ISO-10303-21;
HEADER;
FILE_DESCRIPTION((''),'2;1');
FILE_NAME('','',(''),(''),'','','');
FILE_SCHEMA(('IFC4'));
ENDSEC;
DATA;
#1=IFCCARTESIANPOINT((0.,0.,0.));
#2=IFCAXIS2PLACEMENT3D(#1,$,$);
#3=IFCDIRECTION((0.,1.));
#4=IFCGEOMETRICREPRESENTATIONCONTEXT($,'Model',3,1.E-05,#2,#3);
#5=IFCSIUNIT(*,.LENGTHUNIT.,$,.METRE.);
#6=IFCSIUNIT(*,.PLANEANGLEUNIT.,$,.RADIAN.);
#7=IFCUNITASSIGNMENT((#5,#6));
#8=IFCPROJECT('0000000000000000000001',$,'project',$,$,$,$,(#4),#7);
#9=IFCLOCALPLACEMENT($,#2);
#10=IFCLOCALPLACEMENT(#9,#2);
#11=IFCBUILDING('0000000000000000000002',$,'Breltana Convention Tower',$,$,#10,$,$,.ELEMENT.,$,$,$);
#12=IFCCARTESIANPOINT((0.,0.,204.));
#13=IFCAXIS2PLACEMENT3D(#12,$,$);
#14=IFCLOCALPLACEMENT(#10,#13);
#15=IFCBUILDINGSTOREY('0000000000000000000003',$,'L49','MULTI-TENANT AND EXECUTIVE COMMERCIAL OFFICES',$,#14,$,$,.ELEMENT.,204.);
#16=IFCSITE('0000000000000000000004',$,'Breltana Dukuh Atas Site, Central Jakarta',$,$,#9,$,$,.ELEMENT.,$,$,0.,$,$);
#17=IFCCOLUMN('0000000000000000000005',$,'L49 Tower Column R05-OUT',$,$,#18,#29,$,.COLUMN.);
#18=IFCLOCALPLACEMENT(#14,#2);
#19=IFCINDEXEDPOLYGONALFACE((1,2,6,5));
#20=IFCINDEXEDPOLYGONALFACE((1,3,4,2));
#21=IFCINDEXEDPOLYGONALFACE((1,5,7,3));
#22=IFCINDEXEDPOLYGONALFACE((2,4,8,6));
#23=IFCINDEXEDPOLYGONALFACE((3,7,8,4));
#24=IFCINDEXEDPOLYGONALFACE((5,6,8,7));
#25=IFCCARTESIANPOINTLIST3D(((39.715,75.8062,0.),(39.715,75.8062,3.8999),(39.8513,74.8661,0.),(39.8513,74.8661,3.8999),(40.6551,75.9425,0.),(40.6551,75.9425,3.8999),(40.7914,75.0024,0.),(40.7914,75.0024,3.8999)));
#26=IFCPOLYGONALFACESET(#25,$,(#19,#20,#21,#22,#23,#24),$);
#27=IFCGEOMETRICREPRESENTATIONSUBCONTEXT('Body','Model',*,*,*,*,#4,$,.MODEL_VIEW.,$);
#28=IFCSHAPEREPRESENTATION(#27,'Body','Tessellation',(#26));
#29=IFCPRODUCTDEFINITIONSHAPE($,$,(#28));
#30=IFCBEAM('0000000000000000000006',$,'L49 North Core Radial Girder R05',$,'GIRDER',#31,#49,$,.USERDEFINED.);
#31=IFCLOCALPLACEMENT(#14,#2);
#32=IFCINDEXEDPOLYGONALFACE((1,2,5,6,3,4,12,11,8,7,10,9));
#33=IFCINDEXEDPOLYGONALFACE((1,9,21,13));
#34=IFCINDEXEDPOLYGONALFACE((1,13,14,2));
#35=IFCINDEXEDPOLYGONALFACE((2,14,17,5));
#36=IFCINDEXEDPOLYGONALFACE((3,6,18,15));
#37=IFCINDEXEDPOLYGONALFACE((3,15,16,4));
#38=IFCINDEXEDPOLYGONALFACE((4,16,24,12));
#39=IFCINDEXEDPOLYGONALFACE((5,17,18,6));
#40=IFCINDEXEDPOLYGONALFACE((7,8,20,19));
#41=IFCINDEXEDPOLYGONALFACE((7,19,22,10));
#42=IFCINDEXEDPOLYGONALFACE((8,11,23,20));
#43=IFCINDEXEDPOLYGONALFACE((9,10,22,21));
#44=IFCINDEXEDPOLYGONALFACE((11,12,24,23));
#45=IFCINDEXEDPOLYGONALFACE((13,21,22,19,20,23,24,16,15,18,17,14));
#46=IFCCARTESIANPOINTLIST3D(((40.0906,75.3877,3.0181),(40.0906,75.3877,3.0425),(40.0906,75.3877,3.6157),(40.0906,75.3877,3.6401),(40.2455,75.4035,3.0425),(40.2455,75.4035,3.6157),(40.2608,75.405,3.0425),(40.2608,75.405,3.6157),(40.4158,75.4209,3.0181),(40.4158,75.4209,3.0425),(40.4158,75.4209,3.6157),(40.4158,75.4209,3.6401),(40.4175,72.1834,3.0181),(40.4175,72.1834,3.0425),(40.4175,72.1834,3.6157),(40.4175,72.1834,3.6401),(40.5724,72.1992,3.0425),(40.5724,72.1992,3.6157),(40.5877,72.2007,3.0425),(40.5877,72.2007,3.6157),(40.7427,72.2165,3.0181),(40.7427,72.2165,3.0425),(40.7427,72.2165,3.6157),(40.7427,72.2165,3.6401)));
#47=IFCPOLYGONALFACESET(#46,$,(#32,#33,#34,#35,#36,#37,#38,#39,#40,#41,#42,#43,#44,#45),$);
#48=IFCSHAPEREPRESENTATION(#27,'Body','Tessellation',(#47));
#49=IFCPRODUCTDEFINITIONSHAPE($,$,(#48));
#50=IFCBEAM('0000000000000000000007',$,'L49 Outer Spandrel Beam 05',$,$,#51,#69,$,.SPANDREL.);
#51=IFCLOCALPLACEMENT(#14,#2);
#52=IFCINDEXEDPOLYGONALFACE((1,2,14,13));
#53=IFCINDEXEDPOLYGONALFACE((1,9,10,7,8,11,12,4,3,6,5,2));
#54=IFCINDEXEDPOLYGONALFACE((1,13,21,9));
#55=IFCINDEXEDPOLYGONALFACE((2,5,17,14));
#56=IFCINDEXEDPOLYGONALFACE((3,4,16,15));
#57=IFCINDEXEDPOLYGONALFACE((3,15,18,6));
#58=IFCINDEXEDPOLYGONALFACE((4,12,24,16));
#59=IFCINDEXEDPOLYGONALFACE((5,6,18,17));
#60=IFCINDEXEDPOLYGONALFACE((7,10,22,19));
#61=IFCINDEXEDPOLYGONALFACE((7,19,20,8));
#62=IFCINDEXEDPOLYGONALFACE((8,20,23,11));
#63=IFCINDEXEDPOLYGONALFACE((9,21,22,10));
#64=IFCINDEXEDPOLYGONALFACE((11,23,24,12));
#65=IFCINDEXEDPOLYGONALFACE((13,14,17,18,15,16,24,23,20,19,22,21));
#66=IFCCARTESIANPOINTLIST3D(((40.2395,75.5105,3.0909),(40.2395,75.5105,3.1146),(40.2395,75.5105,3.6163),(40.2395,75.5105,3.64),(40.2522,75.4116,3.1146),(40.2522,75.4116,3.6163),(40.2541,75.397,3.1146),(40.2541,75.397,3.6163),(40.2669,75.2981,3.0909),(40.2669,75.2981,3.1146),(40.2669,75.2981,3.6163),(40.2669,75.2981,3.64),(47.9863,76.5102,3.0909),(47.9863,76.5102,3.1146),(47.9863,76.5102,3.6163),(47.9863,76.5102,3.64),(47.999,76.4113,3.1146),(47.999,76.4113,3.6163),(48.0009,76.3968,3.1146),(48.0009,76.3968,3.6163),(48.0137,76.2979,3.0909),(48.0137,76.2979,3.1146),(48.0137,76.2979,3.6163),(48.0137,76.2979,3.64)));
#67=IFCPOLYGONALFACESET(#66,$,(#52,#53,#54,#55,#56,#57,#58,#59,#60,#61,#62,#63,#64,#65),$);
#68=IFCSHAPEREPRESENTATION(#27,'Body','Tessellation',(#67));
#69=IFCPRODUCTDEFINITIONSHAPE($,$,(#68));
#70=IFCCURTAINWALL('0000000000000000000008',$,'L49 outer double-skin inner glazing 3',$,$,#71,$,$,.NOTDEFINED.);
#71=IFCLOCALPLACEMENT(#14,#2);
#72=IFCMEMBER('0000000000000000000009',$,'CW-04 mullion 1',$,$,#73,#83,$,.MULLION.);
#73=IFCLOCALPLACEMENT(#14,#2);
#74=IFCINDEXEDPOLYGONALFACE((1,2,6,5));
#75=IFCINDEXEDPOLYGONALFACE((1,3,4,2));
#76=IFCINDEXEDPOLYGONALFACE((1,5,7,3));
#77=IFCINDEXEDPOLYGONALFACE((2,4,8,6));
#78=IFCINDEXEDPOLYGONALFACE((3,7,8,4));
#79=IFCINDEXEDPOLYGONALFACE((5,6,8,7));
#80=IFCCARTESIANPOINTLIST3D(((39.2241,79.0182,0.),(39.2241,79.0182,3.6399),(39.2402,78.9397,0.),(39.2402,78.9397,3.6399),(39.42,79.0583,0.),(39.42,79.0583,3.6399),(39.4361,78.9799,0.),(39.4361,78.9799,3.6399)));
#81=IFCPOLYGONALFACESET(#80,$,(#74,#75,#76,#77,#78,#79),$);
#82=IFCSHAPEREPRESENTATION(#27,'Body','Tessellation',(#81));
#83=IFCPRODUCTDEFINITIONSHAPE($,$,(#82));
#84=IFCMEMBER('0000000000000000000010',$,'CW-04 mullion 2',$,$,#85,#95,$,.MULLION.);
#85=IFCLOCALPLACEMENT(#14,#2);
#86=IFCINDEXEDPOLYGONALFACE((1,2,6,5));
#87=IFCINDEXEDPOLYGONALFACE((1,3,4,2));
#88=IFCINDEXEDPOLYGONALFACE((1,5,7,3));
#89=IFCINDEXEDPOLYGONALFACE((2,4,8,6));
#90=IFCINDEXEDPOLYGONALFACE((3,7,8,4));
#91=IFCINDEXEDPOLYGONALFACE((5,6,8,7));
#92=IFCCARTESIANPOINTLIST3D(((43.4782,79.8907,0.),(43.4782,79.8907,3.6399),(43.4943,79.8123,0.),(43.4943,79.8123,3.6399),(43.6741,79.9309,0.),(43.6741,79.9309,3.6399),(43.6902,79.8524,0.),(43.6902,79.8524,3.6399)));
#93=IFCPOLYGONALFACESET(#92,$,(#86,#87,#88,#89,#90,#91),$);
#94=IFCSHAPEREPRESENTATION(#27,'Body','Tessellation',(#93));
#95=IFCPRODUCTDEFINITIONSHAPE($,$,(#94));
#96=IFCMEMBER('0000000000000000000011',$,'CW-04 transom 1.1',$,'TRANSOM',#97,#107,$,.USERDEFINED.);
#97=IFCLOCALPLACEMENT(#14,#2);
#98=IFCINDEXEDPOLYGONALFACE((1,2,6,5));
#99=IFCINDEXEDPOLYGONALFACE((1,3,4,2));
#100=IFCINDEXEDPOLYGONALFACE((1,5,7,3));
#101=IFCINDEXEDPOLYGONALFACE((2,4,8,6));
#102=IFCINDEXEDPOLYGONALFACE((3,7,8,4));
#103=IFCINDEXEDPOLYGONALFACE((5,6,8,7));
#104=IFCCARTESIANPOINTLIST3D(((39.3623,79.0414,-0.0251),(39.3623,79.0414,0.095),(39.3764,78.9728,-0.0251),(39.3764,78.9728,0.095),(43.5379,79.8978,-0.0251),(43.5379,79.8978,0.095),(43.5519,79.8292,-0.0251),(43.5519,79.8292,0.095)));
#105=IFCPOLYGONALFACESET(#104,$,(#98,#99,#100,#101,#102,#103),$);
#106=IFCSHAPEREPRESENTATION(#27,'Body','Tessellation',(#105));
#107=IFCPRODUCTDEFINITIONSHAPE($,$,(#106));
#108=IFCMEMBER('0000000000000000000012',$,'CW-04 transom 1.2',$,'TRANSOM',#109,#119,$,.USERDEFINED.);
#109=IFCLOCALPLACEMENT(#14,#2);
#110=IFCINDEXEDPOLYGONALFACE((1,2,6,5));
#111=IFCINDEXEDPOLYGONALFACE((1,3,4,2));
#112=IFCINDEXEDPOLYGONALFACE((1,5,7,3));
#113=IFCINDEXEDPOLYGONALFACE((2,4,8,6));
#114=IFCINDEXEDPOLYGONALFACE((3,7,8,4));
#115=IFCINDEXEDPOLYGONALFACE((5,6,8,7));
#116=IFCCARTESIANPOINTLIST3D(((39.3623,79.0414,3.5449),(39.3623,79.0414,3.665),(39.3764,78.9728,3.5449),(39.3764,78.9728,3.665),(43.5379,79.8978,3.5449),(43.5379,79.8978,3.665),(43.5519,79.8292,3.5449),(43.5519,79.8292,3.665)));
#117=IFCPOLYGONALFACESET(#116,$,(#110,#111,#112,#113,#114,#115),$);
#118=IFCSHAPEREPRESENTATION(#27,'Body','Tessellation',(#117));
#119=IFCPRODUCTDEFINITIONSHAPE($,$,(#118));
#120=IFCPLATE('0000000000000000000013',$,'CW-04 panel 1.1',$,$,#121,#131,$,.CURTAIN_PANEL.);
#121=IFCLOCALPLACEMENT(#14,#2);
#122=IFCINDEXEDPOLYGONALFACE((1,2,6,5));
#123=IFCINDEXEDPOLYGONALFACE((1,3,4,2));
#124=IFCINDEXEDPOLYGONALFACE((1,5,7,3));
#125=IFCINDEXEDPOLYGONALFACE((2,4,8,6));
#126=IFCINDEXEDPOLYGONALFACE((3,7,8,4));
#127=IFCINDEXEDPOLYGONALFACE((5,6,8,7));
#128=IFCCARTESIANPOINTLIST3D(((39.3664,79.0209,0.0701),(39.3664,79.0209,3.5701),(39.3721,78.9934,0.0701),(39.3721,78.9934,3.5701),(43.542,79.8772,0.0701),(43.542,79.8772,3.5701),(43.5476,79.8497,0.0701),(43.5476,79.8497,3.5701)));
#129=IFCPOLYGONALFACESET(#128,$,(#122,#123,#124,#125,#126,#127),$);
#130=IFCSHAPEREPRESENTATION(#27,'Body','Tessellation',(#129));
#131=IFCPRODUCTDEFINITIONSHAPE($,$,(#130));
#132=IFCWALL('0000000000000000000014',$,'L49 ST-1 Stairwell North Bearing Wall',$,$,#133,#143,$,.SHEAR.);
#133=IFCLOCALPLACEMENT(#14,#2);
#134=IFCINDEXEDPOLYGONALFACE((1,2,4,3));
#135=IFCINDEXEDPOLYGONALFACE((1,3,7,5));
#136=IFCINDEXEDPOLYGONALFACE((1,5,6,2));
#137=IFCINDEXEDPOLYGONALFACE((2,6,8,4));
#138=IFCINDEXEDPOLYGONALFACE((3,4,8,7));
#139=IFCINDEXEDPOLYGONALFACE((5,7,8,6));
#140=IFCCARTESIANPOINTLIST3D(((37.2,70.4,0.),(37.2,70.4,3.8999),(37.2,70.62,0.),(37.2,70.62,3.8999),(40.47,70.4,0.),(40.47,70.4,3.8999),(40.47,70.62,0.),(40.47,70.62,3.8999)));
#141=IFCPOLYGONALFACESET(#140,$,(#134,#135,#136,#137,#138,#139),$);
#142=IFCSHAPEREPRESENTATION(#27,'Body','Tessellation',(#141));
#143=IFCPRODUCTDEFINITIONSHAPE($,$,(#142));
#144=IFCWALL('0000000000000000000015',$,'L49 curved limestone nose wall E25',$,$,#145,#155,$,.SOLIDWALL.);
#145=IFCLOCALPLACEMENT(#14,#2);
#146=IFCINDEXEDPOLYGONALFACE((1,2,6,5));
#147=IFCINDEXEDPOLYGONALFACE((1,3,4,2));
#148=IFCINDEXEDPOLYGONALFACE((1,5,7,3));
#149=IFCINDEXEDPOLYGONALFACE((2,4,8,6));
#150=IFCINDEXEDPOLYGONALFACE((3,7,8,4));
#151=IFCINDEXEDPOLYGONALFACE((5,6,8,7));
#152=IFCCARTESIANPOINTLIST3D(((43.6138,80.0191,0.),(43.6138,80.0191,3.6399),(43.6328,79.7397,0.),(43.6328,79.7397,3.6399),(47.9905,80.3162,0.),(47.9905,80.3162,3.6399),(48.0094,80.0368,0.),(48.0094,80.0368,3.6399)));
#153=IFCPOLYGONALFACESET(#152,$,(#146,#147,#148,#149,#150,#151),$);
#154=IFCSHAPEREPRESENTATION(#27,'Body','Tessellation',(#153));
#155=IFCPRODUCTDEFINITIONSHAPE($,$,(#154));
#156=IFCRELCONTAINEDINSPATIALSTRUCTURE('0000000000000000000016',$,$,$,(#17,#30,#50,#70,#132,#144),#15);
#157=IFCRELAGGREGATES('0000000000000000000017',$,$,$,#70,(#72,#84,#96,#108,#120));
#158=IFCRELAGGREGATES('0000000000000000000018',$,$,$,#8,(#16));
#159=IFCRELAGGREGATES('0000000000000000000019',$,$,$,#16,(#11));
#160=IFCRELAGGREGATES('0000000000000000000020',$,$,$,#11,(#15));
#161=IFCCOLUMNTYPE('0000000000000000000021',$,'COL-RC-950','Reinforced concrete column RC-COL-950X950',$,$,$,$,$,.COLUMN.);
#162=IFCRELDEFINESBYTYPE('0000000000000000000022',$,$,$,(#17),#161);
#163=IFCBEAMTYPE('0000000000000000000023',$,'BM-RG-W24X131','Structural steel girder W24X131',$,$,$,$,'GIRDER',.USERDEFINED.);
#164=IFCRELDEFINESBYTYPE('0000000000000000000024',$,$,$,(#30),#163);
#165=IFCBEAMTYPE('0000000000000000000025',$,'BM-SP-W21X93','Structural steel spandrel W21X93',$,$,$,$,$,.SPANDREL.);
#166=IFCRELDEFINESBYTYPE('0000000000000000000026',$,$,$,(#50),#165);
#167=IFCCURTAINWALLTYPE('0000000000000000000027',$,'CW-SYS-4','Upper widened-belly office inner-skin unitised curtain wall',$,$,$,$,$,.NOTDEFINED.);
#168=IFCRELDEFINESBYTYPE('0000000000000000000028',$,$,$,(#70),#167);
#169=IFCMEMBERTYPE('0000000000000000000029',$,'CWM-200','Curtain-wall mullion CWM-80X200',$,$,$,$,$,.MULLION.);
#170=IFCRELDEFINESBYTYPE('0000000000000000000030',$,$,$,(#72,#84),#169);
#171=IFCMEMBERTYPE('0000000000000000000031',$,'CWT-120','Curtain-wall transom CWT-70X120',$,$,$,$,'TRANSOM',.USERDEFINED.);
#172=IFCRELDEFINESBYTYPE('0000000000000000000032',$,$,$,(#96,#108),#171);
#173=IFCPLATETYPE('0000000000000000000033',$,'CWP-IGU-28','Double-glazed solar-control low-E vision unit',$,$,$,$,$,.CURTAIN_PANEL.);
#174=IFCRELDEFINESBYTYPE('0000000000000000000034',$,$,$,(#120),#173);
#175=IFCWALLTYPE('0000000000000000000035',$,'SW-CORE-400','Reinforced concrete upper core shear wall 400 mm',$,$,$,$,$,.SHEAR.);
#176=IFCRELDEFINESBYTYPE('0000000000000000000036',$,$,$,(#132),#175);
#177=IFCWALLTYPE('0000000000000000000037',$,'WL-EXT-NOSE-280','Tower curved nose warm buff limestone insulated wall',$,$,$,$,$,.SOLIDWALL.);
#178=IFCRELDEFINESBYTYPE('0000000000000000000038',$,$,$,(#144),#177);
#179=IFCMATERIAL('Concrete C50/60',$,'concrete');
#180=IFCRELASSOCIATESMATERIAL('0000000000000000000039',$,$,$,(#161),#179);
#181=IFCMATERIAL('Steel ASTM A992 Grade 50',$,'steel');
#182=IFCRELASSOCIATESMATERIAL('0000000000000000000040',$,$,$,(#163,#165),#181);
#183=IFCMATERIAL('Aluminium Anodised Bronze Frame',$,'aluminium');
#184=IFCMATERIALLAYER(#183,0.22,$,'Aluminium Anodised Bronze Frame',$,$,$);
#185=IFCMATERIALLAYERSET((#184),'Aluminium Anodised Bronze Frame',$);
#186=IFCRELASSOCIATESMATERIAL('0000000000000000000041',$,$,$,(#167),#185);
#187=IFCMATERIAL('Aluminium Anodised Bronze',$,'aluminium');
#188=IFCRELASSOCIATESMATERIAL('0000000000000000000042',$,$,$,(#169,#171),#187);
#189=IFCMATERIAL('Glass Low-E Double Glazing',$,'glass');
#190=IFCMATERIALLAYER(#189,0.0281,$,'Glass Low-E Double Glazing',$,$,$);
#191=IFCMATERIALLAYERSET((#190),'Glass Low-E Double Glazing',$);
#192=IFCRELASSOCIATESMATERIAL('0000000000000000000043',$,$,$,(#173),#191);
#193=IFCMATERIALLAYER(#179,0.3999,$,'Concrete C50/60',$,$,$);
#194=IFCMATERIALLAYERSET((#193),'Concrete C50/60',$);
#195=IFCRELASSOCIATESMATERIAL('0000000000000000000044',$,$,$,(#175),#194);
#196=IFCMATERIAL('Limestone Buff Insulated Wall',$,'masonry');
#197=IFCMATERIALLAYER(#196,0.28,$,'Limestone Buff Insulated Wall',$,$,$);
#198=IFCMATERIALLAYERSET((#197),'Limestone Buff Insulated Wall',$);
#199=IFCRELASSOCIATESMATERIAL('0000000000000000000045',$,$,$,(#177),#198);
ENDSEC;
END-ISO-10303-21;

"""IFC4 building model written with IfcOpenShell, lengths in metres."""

from ifc_helpers import new_model, si_unit, direction, frame, frame_2d, origin, origin_2d, place, context, subcontext, project, spatial, rectangle, i_section, extrude, source, transform, mapped, material, layer, layer_set, material_profile, profile_set, type_object, element, aggregate, save


model = new_model("IFC4")

# Units and contexts
model_context = context("Model", 3, precision=1e-05, world=origin(), true_north=direction((0.0, 1.0)))
body_context = subcontext(model_context, "Body", "Model", "MODEL_VIEW")
ifc_project = project(units=[si_unit("LENGTHUNIT", "METRE"), si_unit("PLANEANGLEUNIT", "RADIAN")], contexts=[model_context])

# Site, building, storey
site_placement = place(None, origin())
site = spatial("IfcSite", under=ifc_project, at=site_placement, Name="Breltana Dukuh Atas Site, Central Jakarta", CompositionType="ELEMENT", RefElevation=0.0)
building_placement = place(site_placement, origin())
building = spatial("IfcBuilding", under=site, at=building_placement, Name="Breltana Convention Tower", CompositionType="ELEMENT")
storey_placement = place(building_placement, frame((0.0, 0.0, 204.0)))
storey = spatial("IfcBuildingStorey", under=building, at=storey_placement, Name="L49", Description="MULTI-TENANT AND EXECUTIVE COMMERCIAL OFFICES", CompositionType="ELEMENT", Elevation=204.0)

# Column
ifc_material_1 = material(Name="Concrete C50/60", Category="concrete")
ifc_material_profile_1 = material_profile(ifc_material_1, rectangle(XDim=0.95, YDim=0.95, at=origin_2d()), Name="RC-COL-950X950")
ifc_profile_set_1 = profile_set([ifc_material_profile_1], Name="Concrete C50/60")
column_type = type_object("IfcColumnType", Name="COL-RC-950", Description="Reinforced concrete column RC-COL-950X950", PredefinedType="COLUMN", material=ifc_profile_set_1)
shared_shape_1 = source(origin(), body_context, "Body", "SweptSolid", [
    extrude(rectangle(XDim=0.95, YDim=0.95, at=origin_2d()), origin(), (0.0, 0.0, 1.0), 3.8999),
])
column_placement = place(storey_placement, frame((40.2532, 75.4043, 0.0), z_axis=(0.0, 0.0, 1.0), x_axis=(-0.143493, 0.989651, 0.0)))
element("IfcColumn", 1, at=column_placement, inside=storey, type_object=column_type, Name="L49 Tower Column R05-OUT", PredefinedType="COLUMN", context=body_context, shape_type="MappedRepresentation", body=[
    mapped(shared_shape_1, transform((0.0, 0.0, 0.0), scale=1.0)),
])

# Beams
ifc_material_2 = material(Name="Steel ASTM A992 Grade 50", Category="steel")
ifc_material_profile_2 = material_profile(ifc_material_2, i_section(OverallWidth=0.3269, OverallDepth=0.6221, WebThickness=0.0154, FlangeThickness=0.0244, at=origin_2d()), Name="W24X131")
ifc_profile_set_2 = profile_set([ifc_material_profile_2], Name="Steel ASTM A992 Grade 50")
beam_type_1 = type_object("IfcBeamType", Name="BM-RG-W24X131", Description="Structural steel girder W24X131", ElementType="GIRDER", PredefinedType="USERDEFINED", material=ifc_profile_set_2)
shared_shape_2 = source(origin(), body_context, "Body", "SweptSolid", [
    extrude(i_section(OverallWidth=0.3269, OverallDepth=0.6221, WebThickness=0.0154, FlangeThickness=0.0244, at=origin_2d()), origin(), (0.0, 0.0, 1.0), 3.2209),
])
beam_1_placement = place(storey_placement, frame((40.5801, 72.2, 3.3291), z_axis=(-0.101492, 0.994836, 0.0), x_axis=(-0.994836, -0.101492, 0.0)))
element("IfcBeam", 2, at=beam_1_placement, inside=storey, type_object=beam_type_1, Name="L49 North Core Radial Girder R05", ObjectType="GIRDER", PredefinedType="USERDEFINED", context=body_context, shape_type="MappedRepresentation", body=[
    mapped(shared_shape_2, transform((0.0, 0.0, 0.0), scale=1.0)),
])
ifc_material_profile_3 = material_profile(ifc_material_2, i_section(OverallWidth=0.2141, OverallDepth=0.5491, WebThickness=0.0146, FlangeThickness=0.0237, at=origin_2d()), Name="W21X93")
ifc_profile_set_3 = profile_set([ifc_material_profile_3], Name="Steel ASTM A992 Grade 50")
beam_type_2 = type_object("IfcBeamType", Name="BM-SP-W21X93", Description="Structural steel spandrel W21X93", PredefinedType="SPANDREL", material=ifc_profile_set_3)
shared_shape_3 = source(origin(), body_context, "Body", "SweptSolid", [
    extrude(i_section(OverallWidth=0.2141, OverallDepth=0.5491, WebThickness=0.0146, FlangeThickness=0.0237, at=origin_2d()), origin(), (0.0, 0.0, 1.0), 7.811),
])
beam_2_placement = place(storey_placement, frame((40.2532, 75.4043, 3.3655), z_axis=(0.991775, 0.127992, 0.0), x_axis=(-0.127992, 0.991775, 0.0)))
element("IfcBeam", 3, at=beam_2_placement, inside=storey, type_object=beam_type_2, Name="L49 Outer Spandrel Beam 05", PredefinedType="SPANDREL", context=body_context, shape_type="MappedRepresentation", body=[
    mapped(shared_shape_3, transform((0.0, 0.0, 0.0), scale=1.0)),
])

# Curtain wall, members, plate
ifc_material_3 = material(Name="Aluminium Anodised Bronze Frame", Category="aluminium")
ifc_layer_1 = layer(ifc_material_3, 0.22, Name="Aluminium Anodised Bronze Frame")
ifc_layer_set_1 = layer_set([ifc_layer_1], Name="Aluminium Anodised Bronze Frame")
curtain_wall_type = type_object("IfcCurtainWallType", Name="CW-SYS-4", Description="Upper widened-belly office inner-skin unitised curtain wall", PredefinedType="NOTDEFINED", material=ifc_layer_set_1)
curtain_wall_placement = place(storey_placement, origin())
curtain_wall = element("IfcCurtainWall", 4, at=curtain_wall_placement, inside=storey, type_object=curtain_wall_type, Name="L49 outer double-skin inner glazing 3", PredefinedType="NOTDEFINED")
ifc_material_4 = material(Name="Aluminium Anodised Bronze", Category="aluminium")
ifc_material_profile_4 = material_profile(ifc_material_4, rectangle(XDim=0.0801, YDim=0.2, at=origin_2d()), Name="CWM-80X200")
ifc_profile_set_4 = profile_set([ifc_material_profile_4], Name="Aluminium Anodised Bronze")
member_type_1 = type_object("IfcMemberType", Name="CWM-200", Description="Curtain-wall mullion CWM-80X200", PredefinedType="MULLION", material=ifc_profile_set_4)
shared_shape_4 = source(origin(), body_context, "Body", "SweptSolid", [
    extrude(rectangle(XDim=0.0801, YDim=0.2, at=origin_2d()), origin(), (0.0, 0.0, 1.0), 3.6399),
])
member_1_placement = place(storey_placement, frame((39.3301, 78.999, 0.0), z_axis=(0.0, 0.0, 1.0), x_axis=(-0.20088, 0.979616, 0.0)))
member_1 = element("IfcMember", 5, at=member_1_placement, type_object=member_type_1, Name="CW-04 mullion 1", PredefinedType="MULLION", context=body_context, shape_type="MappedRepresentation", body=[
    mapped(shared_shape_4, transform((0.0, 0.0, 0.0), scale=1.0)),
])
member_2_placement = place(storey_placement, frame((43.5842, 79.8716, 0.0), z_axis=(0.0, 0.0, 1.0), x_axis=(-0.20088, 0.979616, 0.0)))
member_2 = element("IfcMember", 6, at=member_2_placement, type_object=member_type_1, Name="CW-04 mullion 2", PredefinedType="MULLION", context=body_context, shape_type="MappedRepresentation", body=[
    mapped(shared_shape_4, transform((0.0, 0.0, 0.0), scale=1.0)),
])
ifc_material_profile_5 = material_profile(ifc_material_4, rectangle(XDim=0.0701, YDim=0.1201, at=origin_2d()), Name="CWT-70X120")
ifc_profile_set_5 = profile_set([ifc_material_profile_5], Name="Aluminium Anodised Bronze")
member_type_2 = type_object("IfcMemberType", Name="CWT-120", Description="Curtain-wall transom CWT-70X120", ElementType="TRANSOM", PredefinedType="USERDEFINED", material=ifc_profile_set_5)
shared_shape_5 = source(origin(), body_context, "Body", "SweptSolid", [
    extrude(rectangle(XDim=0.0701, YDim=0.1201, at=origin_2d()), origin(), (0.0, 0.0, 1.0), 4.2625),
])
member_3_placement = place(storey_placement, frame((39.3694, 79.0071, 0.0349), z_axis=(0.979606, 0.200927, 0.0), x_axis=(-0.200927, 0.979606, 0.0)))
member_3 = element("IfcMember", 7, at=member_3_placement, type_object=member_type_2, Name="CW-04 transom 1.1", ObjectType="TRANSOM", PredefinedType="USERDEFINED", context=body_context, shape_type="MappedRepresentation", body=[
    mapped(shared_shape_5, transform((0.0, 0.0, 0.0), scale=1.0)),
])
member_4_placement = place(storey_placement, frame((39.3694, 79.0071, 3.605), z_axis=(0.979606, 0.200927, 0.0), x_axis=(-0.200927, 0.979606, 0.0)))
member_4 = element("IfcMember", 8, at=member_4_placement, type_object=member_type_2, Name="CW-04 transom 1.2", ObjectType="TRANSOM", PredefinedType="USERDEFINED", context=body_context, shape_type="MappedRepresentation", body=[
    mapped(shared_shape_5, transform((0.0, 0.0, 0.0), scale=1.0)),
])
ifc_material_5 = material(Name="Glass Low-E Double Glazing", Category="glass")
ifc_layer_2 = layer(ifc_material_5, 0.0281, Name="Glass Low-E Double Glazing")
ifc_layer_set_2 = layer_set([ifc_layer_2], Name="Glass Low-E Double Glazing")
plate_type = type_object("IfcPlateType", Name="CWP-IGU-28", Description="Double-glazed solar-control low-E vision unit", PredefinedType="CURTAIN_PANEL", material=ifc_layer_set_2)
shared_shape_6 = source(origin(), body_context, "Body", "SweptSolid", [
    extrude(rectangle(XDim=4.2625, YDim=0.0281, at=origin_2d()), origin(), (0.0, 0.0, 1.0), 3.5),
])
plate_placement = place(storey_placement, frame((41.457, 79.4353, 0.0701), z_axis=(0.0, 0.0, 1.0), x_axis=(0.979616, 0.20088, 0.0)))
plate = element("IfcPlate", 9, at=plate_placement, type_object=plate_type, Name="CW-04 panel 1.1", PredefinedType="CURTAIN_PANEL", context=body_context, shape_type="MappedRepresentation", body=[
    mapped(shared_shape_6, transform((0.0, 0.0, 0.0), scale=1.0)),
])
aggregate(curtain_wall, [member_1, member_2, member_3, member_4, plate])

# Wall
ifc_layer_3 = layer(ifc_material_1, 0.3999, Name="Concrete C50/60")
ifc_layer_set_3 = layer_set([ifc_layer_3], Name="Concrete C50/60")
wall_type_1 = type_object("IfcWallType", Name="SW-CORE-400", Description="Reinforced concrete upper core shear wall 400 mm", PredefinedType="SHEAR", material=ifc_layer_set_3)
shared_shape_7 = source(origin(), body_context, "Body", "SweptSolid", [
    extrude(rectangle(XDim=3.27, YDim=0.22, at=frame_2d((1.635, 0.0))), origin(), (0.0, 0.0, 1.0), 3.8999),
])
wall_1_placement = place(storey_placement, frame((37.2, 70.51, 0.0), z_axis=(0.0, 0.0, 1.0), x_axis=(1.0, 0.0, 0.0)))
element("IfcWall", 10, at=wall_1_placement, inside=storey, type_object=wall_type_1, Name="L49 ST-1 Stairwell North Bearing Wall", PredefinedType="SHEAR", context=body_context, shape_type="MappedRepresentation", body=[
    mapped(shared_shape_7, transform((0.0, 0.0, 0.0), scale=1.0)),
])

# Wall
ifc_material_6 = material(Name="Limestone Buff Insulated Wall", Category="masonry")
ifc_layer_4 = layer(ifc_material_6, 0.28, Name="Limestone Buff Insulated Wall")
ifc_layer_set_4 = layer_set([ifc_layer_4], Name="Limestone Buff Insulated Wall")
wall_type_2 = type_object("IfcWallType", Name="WL-EXT-NOSE-280", Description="Tower curved nose warm buff limestone insulated wall", PredefinedType="SOLIDWALL", material=ifc_layer_set_4)
shared_shape_8 = source(origin(), body_context, "Body", "SweptSolid", [
    extrude(rectangle(XDim=4.3867, YDim=0.28, at=frame_2d((2.1934, 0.0))), origin(), (0.0, 0.0, 1.0), 3.6399),
])
wall_2_placement = place(storey_placement, frame((43.6233, 79.8794, 0.0), z_axis=(0.0, 0.0, 1.0), x_axis=(0.997704, 0.067731, 0.0)))
element("IfcWall", 11, at=wall_2_placement, inside=storey, type_object=wall_type_2, Name="L49 curved limestone nose wall E25", PredefinedType="SOLIDWALL", context=body_context, shape_type="MappedRepresentation", body=[
    mapped(shared_shape_8, transform((0.0, 0.0, 0.0), scale=1.0)),
])

save(model, "model.ifc")
